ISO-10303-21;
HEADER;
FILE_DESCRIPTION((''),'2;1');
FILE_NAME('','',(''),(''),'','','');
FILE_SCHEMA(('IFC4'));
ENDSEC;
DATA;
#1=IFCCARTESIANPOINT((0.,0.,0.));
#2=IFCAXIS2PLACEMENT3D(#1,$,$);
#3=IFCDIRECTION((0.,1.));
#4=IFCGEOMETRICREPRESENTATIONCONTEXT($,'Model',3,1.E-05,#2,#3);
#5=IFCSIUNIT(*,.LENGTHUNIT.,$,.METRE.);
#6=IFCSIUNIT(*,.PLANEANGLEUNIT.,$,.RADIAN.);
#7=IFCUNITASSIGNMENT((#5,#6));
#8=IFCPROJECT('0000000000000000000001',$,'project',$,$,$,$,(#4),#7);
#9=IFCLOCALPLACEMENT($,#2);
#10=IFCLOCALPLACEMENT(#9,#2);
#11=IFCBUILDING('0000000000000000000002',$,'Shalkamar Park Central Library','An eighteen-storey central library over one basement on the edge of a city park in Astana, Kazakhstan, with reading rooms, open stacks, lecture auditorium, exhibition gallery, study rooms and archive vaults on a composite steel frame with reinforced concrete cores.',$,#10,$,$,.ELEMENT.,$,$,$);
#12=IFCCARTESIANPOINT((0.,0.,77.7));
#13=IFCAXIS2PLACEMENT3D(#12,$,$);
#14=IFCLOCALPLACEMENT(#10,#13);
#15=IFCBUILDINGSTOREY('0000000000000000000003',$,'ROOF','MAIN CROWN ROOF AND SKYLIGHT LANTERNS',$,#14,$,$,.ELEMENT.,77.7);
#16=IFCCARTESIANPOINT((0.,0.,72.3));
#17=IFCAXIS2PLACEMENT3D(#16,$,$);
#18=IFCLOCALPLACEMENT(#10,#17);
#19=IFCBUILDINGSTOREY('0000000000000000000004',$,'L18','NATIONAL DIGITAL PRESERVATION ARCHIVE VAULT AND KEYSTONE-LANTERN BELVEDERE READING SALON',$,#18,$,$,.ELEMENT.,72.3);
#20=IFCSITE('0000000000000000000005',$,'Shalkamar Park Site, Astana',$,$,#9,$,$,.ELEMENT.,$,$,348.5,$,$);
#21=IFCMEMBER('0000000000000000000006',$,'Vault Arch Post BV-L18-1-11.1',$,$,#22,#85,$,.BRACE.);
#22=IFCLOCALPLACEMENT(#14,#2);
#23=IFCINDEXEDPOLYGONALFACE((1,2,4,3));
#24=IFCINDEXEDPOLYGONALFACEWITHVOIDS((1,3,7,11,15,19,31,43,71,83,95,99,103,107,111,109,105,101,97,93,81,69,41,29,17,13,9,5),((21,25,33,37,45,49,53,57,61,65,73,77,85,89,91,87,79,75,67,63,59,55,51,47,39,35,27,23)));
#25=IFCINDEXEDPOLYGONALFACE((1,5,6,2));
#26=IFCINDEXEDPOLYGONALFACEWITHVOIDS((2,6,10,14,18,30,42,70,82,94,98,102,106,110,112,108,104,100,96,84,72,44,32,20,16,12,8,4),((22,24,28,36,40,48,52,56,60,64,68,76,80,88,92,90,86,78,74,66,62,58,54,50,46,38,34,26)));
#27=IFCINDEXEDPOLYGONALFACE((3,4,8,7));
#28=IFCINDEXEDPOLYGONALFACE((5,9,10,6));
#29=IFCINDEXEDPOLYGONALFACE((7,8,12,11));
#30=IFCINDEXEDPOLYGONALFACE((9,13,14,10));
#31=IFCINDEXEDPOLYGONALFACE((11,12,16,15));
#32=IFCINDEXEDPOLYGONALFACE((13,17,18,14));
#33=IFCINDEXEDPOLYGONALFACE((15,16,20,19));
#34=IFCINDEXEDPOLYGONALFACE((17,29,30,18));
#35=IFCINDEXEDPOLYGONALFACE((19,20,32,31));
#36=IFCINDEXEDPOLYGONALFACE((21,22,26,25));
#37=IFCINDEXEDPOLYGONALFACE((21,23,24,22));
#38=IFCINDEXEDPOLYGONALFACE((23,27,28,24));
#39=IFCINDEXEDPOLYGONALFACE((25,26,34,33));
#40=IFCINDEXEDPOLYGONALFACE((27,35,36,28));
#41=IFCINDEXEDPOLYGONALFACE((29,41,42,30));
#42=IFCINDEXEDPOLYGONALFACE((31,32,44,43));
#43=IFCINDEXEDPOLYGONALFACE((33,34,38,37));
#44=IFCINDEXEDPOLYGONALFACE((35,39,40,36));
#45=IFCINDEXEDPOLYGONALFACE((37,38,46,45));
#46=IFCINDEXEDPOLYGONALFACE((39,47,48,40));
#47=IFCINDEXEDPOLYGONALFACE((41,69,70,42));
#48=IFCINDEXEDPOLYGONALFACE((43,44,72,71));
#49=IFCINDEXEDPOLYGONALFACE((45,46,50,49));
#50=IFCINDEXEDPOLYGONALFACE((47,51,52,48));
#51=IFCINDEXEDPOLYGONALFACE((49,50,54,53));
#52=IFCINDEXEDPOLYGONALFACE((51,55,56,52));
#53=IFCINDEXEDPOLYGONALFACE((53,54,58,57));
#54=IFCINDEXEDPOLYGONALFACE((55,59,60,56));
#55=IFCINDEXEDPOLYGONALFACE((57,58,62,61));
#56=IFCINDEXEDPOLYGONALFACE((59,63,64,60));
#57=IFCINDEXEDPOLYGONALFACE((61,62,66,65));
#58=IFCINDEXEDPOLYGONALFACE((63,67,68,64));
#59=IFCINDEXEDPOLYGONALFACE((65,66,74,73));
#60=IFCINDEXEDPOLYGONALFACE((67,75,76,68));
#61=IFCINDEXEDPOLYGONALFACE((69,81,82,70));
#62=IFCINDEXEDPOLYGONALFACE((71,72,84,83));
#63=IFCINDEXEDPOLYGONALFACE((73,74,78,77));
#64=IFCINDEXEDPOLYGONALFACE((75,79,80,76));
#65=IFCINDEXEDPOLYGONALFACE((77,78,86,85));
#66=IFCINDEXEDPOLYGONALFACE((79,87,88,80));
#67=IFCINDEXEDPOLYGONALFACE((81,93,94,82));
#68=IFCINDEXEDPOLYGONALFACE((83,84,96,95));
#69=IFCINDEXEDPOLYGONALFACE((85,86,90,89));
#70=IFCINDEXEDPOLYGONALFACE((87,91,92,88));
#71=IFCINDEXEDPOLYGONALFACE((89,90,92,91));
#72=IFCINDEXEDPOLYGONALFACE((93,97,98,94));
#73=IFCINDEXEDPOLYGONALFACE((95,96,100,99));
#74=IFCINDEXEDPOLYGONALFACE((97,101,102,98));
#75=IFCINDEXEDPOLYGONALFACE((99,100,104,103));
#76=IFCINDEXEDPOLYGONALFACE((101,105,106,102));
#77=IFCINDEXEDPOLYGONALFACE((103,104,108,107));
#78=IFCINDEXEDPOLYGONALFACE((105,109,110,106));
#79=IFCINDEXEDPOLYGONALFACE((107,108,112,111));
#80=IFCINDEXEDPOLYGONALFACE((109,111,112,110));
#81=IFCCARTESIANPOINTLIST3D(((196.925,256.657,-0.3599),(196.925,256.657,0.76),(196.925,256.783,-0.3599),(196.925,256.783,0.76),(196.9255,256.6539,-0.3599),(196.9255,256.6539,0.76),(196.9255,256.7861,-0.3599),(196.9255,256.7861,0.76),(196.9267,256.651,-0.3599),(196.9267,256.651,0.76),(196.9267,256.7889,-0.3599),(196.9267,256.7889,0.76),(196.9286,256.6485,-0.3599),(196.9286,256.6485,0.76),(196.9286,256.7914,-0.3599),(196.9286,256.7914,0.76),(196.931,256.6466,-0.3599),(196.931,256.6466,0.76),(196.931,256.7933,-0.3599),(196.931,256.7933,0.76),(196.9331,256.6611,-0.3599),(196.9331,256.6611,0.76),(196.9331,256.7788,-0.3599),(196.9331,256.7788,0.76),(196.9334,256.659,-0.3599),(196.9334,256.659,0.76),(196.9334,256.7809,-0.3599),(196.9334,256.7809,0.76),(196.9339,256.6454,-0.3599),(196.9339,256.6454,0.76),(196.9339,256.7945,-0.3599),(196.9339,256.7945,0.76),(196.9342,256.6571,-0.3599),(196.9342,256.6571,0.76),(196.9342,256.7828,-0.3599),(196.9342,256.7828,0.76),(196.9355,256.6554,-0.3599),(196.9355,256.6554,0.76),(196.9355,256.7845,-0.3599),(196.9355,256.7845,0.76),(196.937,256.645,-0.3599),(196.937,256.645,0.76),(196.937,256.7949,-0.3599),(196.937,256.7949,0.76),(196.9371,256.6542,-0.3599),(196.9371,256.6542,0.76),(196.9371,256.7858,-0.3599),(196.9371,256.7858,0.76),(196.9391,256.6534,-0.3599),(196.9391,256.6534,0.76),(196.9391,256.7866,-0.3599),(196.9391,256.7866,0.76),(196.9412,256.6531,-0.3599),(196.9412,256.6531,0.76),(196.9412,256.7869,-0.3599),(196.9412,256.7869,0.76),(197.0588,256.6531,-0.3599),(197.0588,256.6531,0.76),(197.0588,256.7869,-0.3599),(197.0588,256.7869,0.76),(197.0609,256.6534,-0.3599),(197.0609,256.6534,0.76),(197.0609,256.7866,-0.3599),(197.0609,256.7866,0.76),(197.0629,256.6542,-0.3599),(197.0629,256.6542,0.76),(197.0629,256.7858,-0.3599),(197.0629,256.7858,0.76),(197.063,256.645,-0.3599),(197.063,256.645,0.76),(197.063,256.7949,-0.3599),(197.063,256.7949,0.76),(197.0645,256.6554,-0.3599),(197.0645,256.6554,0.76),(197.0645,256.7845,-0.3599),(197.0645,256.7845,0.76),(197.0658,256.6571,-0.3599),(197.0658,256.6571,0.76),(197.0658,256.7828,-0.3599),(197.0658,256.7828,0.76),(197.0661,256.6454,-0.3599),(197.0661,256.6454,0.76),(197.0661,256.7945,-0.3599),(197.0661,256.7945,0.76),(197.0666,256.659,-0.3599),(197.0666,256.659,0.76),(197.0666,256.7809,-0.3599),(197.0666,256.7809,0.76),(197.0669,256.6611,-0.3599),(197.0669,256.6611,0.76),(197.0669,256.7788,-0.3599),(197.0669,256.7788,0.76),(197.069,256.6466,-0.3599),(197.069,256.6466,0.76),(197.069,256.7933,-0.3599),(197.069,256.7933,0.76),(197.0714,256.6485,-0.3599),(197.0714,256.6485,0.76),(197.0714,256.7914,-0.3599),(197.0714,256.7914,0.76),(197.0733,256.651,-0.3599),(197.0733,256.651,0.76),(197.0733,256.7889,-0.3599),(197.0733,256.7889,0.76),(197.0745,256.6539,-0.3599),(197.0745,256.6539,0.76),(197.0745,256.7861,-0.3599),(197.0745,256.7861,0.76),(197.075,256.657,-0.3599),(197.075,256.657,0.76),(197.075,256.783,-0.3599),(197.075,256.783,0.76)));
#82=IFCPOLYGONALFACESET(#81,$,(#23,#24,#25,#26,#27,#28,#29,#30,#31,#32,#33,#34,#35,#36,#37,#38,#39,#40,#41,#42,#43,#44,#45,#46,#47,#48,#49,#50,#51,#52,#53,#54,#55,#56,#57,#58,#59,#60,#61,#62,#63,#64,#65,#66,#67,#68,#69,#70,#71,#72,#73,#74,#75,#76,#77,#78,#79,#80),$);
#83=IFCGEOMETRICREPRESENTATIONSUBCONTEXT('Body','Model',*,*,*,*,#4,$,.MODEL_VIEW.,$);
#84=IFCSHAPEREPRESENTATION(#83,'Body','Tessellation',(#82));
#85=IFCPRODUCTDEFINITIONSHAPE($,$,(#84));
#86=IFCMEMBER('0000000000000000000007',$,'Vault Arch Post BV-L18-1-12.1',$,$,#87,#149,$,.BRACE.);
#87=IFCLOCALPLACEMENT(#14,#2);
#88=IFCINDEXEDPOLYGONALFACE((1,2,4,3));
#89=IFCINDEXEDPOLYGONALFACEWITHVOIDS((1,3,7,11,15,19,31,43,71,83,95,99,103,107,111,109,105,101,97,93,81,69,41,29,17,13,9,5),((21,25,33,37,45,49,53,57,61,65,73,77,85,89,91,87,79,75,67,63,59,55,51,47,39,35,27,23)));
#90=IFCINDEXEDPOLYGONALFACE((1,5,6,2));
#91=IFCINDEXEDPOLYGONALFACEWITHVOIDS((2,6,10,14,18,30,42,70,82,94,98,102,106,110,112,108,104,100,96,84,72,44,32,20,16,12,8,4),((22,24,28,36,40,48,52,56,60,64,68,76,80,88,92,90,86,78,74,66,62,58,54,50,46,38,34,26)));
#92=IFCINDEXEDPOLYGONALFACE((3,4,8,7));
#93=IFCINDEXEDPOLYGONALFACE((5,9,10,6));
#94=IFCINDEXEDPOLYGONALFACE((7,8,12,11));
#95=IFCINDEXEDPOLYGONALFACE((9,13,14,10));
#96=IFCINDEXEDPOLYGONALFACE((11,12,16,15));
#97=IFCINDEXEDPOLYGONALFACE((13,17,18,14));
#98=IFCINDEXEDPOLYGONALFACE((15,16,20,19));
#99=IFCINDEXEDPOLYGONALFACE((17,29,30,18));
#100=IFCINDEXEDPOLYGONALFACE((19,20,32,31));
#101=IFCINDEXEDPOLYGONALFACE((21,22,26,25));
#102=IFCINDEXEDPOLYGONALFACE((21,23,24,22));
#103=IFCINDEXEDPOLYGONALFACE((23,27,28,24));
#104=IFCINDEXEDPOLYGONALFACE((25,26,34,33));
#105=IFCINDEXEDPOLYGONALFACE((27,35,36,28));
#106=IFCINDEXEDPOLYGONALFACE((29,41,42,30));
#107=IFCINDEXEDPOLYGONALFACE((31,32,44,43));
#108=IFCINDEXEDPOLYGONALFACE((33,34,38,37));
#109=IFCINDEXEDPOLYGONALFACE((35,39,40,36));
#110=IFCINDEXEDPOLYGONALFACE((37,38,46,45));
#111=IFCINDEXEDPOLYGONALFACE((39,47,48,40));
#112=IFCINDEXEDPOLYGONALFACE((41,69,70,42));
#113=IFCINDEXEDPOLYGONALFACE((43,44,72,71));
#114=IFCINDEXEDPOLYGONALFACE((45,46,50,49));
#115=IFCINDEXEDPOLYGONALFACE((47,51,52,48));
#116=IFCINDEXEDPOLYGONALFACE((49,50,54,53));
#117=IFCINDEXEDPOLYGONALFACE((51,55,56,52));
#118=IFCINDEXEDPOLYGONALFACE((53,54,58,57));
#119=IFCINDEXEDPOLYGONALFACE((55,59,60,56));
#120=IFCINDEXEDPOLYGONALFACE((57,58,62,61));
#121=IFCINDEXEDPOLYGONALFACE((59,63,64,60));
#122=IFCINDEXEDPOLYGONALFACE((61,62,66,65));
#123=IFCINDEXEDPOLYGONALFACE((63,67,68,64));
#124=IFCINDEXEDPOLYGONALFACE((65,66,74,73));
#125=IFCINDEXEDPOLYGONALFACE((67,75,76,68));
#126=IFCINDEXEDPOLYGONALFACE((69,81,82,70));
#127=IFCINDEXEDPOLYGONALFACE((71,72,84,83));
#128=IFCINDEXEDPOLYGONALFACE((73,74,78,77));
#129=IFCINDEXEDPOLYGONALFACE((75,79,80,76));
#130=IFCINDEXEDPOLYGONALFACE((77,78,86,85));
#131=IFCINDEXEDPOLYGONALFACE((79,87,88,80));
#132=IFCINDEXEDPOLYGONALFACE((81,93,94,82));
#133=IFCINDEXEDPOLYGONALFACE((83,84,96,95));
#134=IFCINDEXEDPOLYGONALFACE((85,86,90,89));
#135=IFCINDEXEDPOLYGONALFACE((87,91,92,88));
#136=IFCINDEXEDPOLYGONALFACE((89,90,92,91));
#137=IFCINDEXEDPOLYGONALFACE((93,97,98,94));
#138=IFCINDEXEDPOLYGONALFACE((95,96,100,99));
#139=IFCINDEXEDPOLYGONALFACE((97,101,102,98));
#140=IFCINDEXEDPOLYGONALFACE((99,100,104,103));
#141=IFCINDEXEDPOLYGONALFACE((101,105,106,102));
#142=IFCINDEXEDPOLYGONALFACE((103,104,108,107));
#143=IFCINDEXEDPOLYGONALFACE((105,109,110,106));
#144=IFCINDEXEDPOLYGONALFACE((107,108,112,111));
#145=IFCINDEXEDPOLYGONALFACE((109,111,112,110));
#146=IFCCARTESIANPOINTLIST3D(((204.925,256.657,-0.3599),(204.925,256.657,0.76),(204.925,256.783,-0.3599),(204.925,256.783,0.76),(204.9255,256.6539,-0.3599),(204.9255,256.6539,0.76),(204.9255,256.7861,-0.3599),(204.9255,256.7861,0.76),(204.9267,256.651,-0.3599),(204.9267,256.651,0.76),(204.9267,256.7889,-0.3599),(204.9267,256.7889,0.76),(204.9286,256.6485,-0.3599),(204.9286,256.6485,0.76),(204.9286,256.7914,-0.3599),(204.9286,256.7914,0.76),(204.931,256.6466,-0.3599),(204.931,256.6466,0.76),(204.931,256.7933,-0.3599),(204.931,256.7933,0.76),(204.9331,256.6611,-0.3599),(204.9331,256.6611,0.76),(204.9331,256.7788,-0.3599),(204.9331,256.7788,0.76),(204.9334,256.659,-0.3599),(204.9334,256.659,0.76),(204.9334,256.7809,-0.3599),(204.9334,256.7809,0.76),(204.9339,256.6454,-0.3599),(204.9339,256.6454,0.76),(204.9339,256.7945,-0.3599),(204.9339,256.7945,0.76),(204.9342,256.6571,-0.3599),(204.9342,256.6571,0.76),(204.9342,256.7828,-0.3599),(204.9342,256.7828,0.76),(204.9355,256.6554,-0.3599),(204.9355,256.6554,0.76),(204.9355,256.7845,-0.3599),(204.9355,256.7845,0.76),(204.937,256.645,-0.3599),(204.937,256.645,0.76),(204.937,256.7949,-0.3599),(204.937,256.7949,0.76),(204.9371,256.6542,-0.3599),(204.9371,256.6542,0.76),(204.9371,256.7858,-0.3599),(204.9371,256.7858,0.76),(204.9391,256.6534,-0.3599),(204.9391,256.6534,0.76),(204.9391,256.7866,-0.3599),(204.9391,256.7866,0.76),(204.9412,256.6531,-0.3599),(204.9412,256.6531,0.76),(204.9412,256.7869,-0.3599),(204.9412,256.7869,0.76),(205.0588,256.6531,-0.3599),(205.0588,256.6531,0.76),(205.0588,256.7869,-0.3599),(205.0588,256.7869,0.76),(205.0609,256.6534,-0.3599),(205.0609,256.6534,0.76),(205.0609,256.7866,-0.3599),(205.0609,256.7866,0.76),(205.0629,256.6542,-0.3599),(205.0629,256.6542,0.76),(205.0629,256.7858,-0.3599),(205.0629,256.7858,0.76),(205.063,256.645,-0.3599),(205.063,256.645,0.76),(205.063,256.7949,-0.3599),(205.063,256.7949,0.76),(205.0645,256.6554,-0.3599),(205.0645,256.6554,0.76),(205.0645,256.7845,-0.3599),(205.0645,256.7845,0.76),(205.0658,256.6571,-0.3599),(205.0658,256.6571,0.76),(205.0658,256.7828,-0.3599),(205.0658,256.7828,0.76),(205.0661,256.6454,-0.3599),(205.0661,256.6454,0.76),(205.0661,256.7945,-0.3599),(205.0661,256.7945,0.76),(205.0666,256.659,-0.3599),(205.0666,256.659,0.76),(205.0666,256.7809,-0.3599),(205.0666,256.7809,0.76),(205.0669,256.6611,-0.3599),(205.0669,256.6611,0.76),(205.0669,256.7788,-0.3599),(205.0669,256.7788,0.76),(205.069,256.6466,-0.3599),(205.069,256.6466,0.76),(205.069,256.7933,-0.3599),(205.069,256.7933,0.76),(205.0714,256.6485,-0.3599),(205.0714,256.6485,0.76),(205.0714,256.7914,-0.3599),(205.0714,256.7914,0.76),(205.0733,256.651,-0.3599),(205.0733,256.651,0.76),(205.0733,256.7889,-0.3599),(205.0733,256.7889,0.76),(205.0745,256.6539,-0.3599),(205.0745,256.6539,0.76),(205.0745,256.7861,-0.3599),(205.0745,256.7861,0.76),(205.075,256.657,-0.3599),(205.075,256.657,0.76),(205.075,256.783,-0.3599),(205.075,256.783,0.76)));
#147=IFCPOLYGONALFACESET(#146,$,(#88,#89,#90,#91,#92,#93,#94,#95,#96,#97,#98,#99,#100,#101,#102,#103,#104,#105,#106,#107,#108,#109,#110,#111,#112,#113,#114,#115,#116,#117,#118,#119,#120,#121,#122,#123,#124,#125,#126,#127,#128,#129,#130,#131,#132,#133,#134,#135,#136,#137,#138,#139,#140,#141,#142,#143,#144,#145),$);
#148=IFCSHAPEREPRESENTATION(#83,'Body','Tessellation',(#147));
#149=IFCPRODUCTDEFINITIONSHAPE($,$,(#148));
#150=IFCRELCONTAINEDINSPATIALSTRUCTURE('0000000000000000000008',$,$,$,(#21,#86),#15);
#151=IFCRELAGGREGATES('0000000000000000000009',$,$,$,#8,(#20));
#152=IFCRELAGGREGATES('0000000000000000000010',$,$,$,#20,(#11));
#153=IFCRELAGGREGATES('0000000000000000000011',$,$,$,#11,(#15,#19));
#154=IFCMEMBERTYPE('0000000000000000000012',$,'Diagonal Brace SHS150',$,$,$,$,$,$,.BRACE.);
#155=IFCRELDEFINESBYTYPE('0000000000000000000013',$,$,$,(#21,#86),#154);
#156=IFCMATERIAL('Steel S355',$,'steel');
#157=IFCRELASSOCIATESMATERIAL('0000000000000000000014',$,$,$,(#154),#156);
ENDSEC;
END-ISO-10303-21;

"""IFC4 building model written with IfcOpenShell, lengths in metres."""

from ifc_helpers import new_model, si_unit, direction, frame, origin, origin_2d, place, context, subcontext, project, spatial, hollow_rectangle, extrude, material, material_profile, profile_set, type_object, element, save


model = new_model("IFC4")

# Units and contexts
model_context = context("Model", 3, precision=1e-05, world=origin(), true_north=direction((0.0, 1.0)))
body_context = subcontext(model_context, "Body", "Model", "MODEL_VIEW")
ifc_project = project(units=[si_unit("LENGTHUNIT", "METRE"), si_unit("PLANEANGLEUNIT", "RADIAN")], contexts=[model_context])

# Site, building, storey
site_placement = place(None, origin())
site = spatial("IfcSite", under=ifc_project, at=site_placement, Name="Shalkamar Park Site, Astana", CompositionType="ELEMENT", RefElevation=348.5)
building_placement = place(site_placement, origin())
building = spatial("IfcBuilding", under=site, at=building_placement, Name="Shalkamar Park Central Library", Description="An eighteen-storey central library over one basement on the edge of a city park in Astana, Kazakhstan, with reading rooms, open stacks, lecture auditorium, exhibition gallery, study rooms and archive vaults on a composite steel frame with reinforced concrete cores.", CompositionType="ELEMENT")
storey_1_placement = place(building_placement, frame((0.0, 0.0, 77.7)))
storey_1 = spatial("IfcBuildingStorey", under=building, at=storey_1_placement, Name="ROOF", Description="MAIN CROWN ROOF AND SKYLIGHT LANTERNS", CompositionType="ELEMENT", Elevation=77.7)

# Members
ifc_material_1 = material(Name="Steel S355", Category="steel")
ifc_material_profile_1 = material_profile(ifc_material_1, hollow_rectangle(XDim=0.1499, YDim=0.1499, WallThickness=0.0081, InnerFilletRadius=0.0081, OuterFilletRadius=0.012, at=origin_2d()), Name="SHS 150x150x8")
ifc_profile_set_1 = profile_set([ifc_material_profile_1], Name="Steel S355")
member_type_1 = type_object("IfcMemberType", Name="Diagonal Brace SHS150", PredefinedType="BRACE", material=ifc_profile_set_1)
for number, where, z_axis, x_axis, name in (
    (1, (197.0, 256.72, -0.3599), (0.0, 0.0, 1.0), (1.0, 0.0, 0.0), "Vault Arch Post BV-L18-1-11.1"),
    (2, (205.0, 256.72, -0.3599), (0.0, 0.0, 1.0), (1.0, 0.0, 0.0), "Vault Arch Post BV-L18-1-12.1"),
):
    element("IfcMember", number, at=place(storey_1_placement, frame(where, z_axis=z_axis, x_axis=x_axis)), inside=storey_1, type_object=member_type_1, Name=name, PredefinedType="BRACE", context=body_context, shape_type="SweptSolid", body=[
        extrude(hollow_rectangle(XDim=0.1499, YDim=0.1499, WallThickness=0.0081, InnerFilletRadius=0.0081, OuterFilletRadius=0.012, at=origin_2d()), origin(), (0.0, 0.0, 1.0), 1.1199),
    ])

# Shared definitions
storey_2_placement = place(building_placement, frame((0.0, 0.0, 72.3)))
storey_2 = spatial("IfcBuildingStorey", under=building, at=storey_2_placement, Name="L18", Description="NATIONAL DIGITAL PRESERVATION ARCHIVE VAULT AND KEYSTONE-LANTERN BELVEDERE READING SALON", CompositionType="ELEMENT", Elevation=72.3)

save(model, "model.ifc")
